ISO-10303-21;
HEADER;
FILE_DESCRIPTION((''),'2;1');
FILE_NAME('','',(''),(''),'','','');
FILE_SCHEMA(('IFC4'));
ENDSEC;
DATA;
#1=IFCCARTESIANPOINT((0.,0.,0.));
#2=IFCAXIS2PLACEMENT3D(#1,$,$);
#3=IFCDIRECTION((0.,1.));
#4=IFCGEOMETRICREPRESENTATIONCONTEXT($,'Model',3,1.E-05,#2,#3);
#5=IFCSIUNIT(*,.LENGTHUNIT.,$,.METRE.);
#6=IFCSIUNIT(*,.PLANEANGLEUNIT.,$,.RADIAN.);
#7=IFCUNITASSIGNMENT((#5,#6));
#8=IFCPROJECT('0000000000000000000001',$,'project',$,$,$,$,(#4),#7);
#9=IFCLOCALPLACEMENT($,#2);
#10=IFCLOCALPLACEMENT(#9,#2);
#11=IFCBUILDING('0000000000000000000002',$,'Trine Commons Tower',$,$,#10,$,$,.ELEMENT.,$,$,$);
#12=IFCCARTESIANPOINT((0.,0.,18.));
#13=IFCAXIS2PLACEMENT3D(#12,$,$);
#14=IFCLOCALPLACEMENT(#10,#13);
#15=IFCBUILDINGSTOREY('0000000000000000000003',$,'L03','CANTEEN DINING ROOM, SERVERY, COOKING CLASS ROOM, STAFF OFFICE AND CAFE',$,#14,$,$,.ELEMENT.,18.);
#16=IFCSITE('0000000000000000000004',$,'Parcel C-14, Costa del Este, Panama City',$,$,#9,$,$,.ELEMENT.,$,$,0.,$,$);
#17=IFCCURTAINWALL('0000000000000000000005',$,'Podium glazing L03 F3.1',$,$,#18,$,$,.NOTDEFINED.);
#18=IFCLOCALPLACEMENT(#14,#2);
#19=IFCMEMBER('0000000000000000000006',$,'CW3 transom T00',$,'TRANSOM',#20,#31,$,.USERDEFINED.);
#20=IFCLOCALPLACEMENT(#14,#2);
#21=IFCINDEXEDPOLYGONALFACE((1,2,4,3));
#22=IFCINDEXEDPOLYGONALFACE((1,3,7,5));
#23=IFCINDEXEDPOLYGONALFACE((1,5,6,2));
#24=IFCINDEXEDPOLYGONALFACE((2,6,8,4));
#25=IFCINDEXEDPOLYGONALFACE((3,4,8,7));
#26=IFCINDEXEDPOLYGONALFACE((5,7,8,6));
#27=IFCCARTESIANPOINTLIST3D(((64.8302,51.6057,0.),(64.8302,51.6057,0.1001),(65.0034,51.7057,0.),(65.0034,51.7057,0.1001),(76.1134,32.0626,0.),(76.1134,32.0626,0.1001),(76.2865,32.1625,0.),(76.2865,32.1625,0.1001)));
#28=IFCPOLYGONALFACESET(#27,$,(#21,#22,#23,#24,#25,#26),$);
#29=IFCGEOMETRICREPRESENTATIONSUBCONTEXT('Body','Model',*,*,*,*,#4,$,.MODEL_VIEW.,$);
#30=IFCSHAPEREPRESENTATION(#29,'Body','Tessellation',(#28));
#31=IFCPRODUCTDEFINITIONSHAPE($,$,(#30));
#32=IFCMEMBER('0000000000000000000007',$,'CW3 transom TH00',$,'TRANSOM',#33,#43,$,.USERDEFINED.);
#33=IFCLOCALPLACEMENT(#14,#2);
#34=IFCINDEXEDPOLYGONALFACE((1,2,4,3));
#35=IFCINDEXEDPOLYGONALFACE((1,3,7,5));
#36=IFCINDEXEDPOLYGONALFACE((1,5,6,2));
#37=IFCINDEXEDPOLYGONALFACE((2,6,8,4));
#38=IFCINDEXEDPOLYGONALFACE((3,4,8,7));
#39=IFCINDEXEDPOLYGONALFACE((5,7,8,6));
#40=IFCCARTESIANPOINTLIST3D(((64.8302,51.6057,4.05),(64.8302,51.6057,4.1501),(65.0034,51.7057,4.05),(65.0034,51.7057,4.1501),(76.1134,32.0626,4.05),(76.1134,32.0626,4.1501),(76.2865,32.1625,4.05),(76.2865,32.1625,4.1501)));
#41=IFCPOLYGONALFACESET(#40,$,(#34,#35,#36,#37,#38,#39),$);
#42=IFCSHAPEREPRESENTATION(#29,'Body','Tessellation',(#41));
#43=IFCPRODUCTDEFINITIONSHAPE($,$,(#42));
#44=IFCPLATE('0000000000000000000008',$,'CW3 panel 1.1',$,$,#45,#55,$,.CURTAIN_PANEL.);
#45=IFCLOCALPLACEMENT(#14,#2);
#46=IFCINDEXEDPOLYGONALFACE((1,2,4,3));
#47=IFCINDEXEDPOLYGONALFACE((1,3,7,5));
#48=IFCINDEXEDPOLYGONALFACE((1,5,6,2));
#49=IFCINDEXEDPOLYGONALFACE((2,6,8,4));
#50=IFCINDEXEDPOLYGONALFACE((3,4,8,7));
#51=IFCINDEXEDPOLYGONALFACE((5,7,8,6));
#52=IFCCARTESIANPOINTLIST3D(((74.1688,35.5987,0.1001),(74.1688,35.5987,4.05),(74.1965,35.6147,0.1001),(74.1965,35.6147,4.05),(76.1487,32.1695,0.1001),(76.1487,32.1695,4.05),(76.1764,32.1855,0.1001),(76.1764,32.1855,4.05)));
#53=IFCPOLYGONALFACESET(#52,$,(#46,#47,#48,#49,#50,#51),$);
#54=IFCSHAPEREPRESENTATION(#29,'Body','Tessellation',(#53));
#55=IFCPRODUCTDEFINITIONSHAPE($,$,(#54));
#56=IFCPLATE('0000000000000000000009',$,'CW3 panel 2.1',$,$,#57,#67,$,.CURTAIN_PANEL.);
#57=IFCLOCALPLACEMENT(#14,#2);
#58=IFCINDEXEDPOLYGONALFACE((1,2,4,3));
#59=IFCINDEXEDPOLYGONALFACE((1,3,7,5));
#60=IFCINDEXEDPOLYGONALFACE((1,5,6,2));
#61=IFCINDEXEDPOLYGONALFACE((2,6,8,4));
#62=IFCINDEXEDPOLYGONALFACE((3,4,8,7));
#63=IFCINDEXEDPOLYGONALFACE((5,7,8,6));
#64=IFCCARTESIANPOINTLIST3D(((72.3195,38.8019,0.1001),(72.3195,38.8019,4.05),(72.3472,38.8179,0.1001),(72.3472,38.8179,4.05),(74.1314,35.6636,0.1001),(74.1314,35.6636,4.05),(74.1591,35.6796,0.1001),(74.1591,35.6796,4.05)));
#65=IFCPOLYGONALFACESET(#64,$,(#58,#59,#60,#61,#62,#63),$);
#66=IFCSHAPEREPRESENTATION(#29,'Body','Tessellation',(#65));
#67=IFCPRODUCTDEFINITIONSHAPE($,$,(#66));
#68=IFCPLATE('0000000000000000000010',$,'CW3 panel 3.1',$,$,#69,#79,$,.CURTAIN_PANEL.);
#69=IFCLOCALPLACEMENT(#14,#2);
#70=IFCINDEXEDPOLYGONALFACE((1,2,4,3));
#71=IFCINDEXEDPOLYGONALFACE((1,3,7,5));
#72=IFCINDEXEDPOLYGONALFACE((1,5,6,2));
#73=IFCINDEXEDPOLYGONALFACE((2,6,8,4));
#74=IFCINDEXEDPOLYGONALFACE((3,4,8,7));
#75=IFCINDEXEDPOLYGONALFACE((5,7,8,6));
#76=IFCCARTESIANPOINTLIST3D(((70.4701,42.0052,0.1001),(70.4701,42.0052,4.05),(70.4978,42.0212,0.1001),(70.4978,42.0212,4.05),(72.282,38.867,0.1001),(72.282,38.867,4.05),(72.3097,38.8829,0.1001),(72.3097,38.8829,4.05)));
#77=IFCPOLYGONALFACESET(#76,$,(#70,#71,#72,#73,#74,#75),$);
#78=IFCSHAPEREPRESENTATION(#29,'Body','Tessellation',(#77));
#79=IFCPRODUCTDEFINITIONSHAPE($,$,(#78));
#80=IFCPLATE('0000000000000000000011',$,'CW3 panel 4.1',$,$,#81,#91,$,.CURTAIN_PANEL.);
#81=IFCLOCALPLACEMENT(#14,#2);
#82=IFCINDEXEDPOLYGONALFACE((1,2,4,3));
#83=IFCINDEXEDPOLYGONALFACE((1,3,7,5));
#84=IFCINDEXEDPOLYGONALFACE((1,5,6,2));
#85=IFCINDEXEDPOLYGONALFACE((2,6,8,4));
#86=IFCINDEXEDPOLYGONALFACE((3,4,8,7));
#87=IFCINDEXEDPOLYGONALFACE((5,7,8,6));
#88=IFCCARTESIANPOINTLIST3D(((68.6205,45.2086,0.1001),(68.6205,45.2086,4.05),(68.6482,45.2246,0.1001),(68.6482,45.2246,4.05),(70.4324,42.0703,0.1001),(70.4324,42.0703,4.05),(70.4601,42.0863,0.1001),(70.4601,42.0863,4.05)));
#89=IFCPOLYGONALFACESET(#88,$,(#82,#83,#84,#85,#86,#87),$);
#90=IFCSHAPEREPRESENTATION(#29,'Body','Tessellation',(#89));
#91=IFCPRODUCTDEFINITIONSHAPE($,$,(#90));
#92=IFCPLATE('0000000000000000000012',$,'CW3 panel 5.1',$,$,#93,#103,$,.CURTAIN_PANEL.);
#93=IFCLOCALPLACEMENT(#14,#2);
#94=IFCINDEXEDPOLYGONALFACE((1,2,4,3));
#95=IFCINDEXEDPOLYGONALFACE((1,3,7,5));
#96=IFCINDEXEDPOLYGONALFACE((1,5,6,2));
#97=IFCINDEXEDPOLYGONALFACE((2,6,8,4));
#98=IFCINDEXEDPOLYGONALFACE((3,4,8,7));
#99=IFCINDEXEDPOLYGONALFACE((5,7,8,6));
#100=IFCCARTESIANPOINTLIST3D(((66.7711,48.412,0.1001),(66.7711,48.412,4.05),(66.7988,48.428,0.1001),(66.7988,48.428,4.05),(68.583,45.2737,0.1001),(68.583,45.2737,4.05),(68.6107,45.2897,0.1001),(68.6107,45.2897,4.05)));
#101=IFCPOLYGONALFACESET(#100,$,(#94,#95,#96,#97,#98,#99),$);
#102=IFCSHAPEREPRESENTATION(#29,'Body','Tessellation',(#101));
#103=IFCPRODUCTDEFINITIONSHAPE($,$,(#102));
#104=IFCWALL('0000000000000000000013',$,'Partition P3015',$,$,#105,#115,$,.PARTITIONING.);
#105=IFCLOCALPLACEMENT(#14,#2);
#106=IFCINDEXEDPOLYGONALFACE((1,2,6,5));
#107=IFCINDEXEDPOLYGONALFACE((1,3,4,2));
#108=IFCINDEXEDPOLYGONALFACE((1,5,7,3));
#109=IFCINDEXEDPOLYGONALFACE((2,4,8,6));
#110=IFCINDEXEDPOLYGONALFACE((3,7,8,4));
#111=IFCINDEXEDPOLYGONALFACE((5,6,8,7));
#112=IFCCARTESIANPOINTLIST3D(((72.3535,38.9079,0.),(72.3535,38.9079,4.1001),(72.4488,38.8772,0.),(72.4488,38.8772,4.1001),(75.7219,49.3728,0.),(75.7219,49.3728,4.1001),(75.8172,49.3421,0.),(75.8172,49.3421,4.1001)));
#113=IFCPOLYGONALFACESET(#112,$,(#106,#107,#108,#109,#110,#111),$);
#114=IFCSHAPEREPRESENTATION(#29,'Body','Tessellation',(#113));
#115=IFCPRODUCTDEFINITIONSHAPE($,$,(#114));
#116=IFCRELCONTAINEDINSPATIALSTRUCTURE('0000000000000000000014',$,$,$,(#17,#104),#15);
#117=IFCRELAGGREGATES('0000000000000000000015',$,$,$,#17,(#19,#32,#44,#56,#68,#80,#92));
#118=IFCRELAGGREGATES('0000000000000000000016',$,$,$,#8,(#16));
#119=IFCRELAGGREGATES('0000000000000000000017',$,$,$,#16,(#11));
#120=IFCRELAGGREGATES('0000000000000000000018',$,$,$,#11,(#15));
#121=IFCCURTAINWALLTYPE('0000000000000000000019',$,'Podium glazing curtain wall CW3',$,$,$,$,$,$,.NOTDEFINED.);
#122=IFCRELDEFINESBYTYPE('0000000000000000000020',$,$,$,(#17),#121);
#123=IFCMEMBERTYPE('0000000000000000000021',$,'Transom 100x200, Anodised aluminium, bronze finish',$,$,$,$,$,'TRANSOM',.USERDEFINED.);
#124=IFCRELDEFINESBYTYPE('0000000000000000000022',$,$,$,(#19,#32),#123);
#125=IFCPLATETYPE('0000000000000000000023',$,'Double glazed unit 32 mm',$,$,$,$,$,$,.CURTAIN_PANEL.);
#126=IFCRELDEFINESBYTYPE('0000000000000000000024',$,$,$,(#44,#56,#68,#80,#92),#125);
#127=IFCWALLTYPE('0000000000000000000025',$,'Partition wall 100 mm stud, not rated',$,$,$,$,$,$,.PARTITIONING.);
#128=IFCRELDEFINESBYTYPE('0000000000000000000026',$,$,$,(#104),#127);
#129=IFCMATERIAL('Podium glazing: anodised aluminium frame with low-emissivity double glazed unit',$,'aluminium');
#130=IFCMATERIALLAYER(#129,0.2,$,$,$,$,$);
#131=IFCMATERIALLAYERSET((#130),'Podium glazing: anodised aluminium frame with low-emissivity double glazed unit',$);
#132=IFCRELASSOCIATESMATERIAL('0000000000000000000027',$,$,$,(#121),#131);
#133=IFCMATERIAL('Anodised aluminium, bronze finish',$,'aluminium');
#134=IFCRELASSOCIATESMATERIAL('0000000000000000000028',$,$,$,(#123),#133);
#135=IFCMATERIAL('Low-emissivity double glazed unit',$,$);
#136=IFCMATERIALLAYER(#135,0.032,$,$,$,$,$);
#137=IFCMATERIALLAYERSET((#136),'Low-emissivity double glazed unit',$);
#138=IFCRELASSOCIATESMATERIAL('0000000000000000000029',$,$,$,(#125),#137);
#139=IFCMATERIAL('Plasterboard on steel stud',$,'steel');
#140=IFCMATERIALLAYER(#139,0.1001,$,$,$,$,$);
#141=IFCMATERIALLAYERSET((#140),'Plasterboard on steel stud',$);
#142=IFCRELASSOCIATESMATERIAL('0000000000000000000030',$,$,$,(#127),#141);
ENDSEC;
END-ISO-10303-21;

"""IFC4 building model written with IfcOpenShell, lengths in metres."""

from ifc_helpers import new_model, si_unit, direction, frame, frame_2d, origin, origin_2d, place, context, subcontext, project, spatial, rectangle, extrude, material, layer, layer_set, material_profile, profile_set, type_object, element, aggregate, save


model = new_model("IFC4")

# Units and contexts
model_context = context("Model", 3, precision=1e-05, world=origin(), true_north=direction((0.0, 1.0)))
body_context = subcontext(model_context, "Body", "Model", "MODEL_VIEW")
ifc_project = project(units=[si_unit("LENGTHUNIT", "METRE"), si_unit("PLANEANGLEUNIT", "RADIAN")], contexts=[model_context])

# Site, building, storey
site_placement = place(None, origin())
site = spatial("IfcSite", under=ifc_project, at=site_placement, Name="Parcel C-14, Costa del Este, Panama City", CompositionType="ELEMENT", RefElevation=0.0)
building_placement = place(site_placement, origin())
building = spatial("IfcBuilding", under=site, at=building_placement, Name="Trine Commons Tower", CompositionType="ELEMENT")
storey_placement = place(building_placement, frame((0.0, 0.0, 18.0)))
storey = spatial("IfcBuildingStorey", under=building, at=storey_placement, Name="L03", Description="CANTEEN DINING ROOM, SERVERY, COOKING CLASS ROOM, STAFF OFFICE AND CAFE", CompositionType="ELEMENT", Elevation=18.0)

# Shared definitions
ifc_material_1 = material(Name="Anodised aluminium, bronze finish", Category="aluminium")

# Curtain wall
ifc_material_2 = material(Name="Podium glazing: anodised aluminium frame with low-emissivity double glazed unit", Category="aluminium")
ifc_layer_1 = layer(ifc_material_2, 0.2)
ifc_layer_set_1 = layer_set([ifc_layer_1], Name="Podium glazing: anodised aluminium frame with low-emissivity double glazed unit")
curtain_wall_type_1 = type_object("IfcCurtainWallType", Name="Podium glazing curtain wall CW3", PredefinedType="NOTDEFINED", material=ifc_layer_set_1)
curtain_wall_1_placement = place(storey_placement, origin())
curtain_wall_1 = element("IfcCurtainWall", 1, at=curtain_wall_1_placement, inside=storey, type_object=curtain_wall_type_1, Name="Podium glazing L03 F3.1", PredefinedType="NOTDEFINED")

# Members
ifc_material_profile_1 = material_profile(ifc_material_1, rectangle(XDim=0.2, YDim=0.1001, at=origin_2d()), Name="Transom 100x200")
ifc_profile_set_1 = profile_set([ifc_material_profile_1], Name="Anodised aluminium, bronze finish")
member_type_1 = type_object("IfcMemberType", Name="Transom 100x200, Anodised aluminium, bronze finish", ElementType="TRANSOM", PredefinedType="USERDEFINED", material=ifc_profile_set_1)
member_1_placement = place(storey_placement, frame((76.2, 32.1125, 0.05), z_axis=(-0.499997, 0.866027, 0.0), x_axis=(-0.866027, -0.499997, 0.0)))
member_1 = element("IfcMember", 2, at=member_1_placement, type_object=member_type_1, Name="CW3 transom T00", ObjectType="TRANSOM", PredefinedType="USERDEFINED", context=body_context, shape_type="SweptSolid", body=[
    extrude(rectangle(XDim=0.2, YDim=0.1001, at=origin_2d()), origin(), (0.0, 0.0, 1.0), 22.5664),
])
member_2_placement = place(storey_placement, frame((76.2, 32.1125, 4.1001), z_axis=(-0.499997, 0.866027, 0.0), x_axis=(-0.866027, -0.499997, 0.0)))
member_2 = element("IfcMember", 3, at=member_2_placement, type_object=member_type_1, Name="CW3 transom TH00", ObjectType="TRANSOM", PredefinedType="USERDEFINED", context=body_context, shape_type="SweptSolid", body=[
    extrude(rectangle(XDim=0.2, YDim=0.1001, at=origin_2d()), origin(), (0.0, 0.0, 1.0), 22.5664),
])

# Plates
ifc_material_3 = material(Name="Low-emissivity double glazed unit")
ifc_layer_2 = layer(ifc_material_3, 0.032)
ifc_layer_set_2 = layer_set([ifc_layer_2], Name="Low-emissivity double glazed unit")
plate_type = type_object("IfcPlateType", Name="Double glazed unit 32 mm", PredefinedType="CURTAIN_PANEL", material=ifc_layer_set_2)
plate_1_placement = place(storey_placement, frame((75.1726, 33.8921, 0.1001), z_axis=(0.0, 0.0, 1.0), x_axis=(-0.5, 0.866025, 0.0)))
plate_1 = element("IfcPlate", 4, at=plate_1_placement, type_object=plate_type, Name="CW3 panel 1.1", PredefinedType="CURTAIN_PANEL", context=body_context, shape_type="SweptSolid", body=[
    extrude(rectangle(XDim=3.9597, YDim=0.032, at=origin_2d()), origin(), (0.0, 0.0, 1.0), 3.95),
])
plate_2_placement = place(storey_placement, frame((73.2393, 37.2407, 0.1001), z_axis=(0.0, 0.0, 1.0), x_axis=(-0.5, 0.866025, 0.0)))
plate_2 = element("IfcPlate", 5, at=plate_2_placement, type_object=plate_type, Name="CW3 panel 2.1", PredefinedType="CURTAIN_PANEL", context=body_context, shape_type="SweptSolid", body=[
    extrude(rectangle(XDim=3.6238, YDim=0.032, at=origin_2d()), origin(), (0.0, 0.0, 1.0), 3.95),
])
plate_3_placement = place(storey_placement, frame((71.3899, 40.4441, 0.1001), z_axis=(0.0, 0.0, 1.0), x_axis=(-0.5, 0.866025, 0.0)))
plate_3 = element("IfcPlate", 6, at=plate_3_placement, type_object=plate_type, Name="CW3 panel 3.1", PredefinedType="CURTAIN_PANEL", context=body_context, shape_type="SweptSolid", body=[
    extrude(rectangle(XDim=3.6238, YDim=0.032, at=origin_2d()), origin(), (0.0, 0.0, 1.0), 3.95),
])
plate_4_placement = place(storey_placement, frame((69.5403, 43.6475, 0.1001), z_axis=(0.0, 0.0, 1.0), x_axis=(-0.5, 0.866025, 0.0)))
plate_4 = element("IfcPlate", 7, at=plate_4_placement, type_object=plate_type, Name="CW3 panel 4.1", PredefinedType="CURTAIN_PANEL", context=body_context, shape_type="SweptSolid", body=[
    extrude(rectangle(XDim=3.6238, YDim=0.032, at=origin_2d()), origin(), (0.0, 0.0, 1.0), 3.95),
])
plate_5_placement = place(storey_placement, frame((67.6909, 46.8508, 0.1001), z_axis=(0.0, 0.0, 1.0), x_axis=(-0.5, 0.866025, 0.0)))
plate_5 = element("IfcPlate", 8, at=plate_5_placement, type_object=plate_type, Name="CW3 panel 5.1", PredefinedType="CURTAIN_PANEL", context=body_context, shape_type="SweptSolid", body=[
    extrude(rectangle(XDim=3.6238, YDim=0.032, at=origin_2d()), origin(), (0.0, 0.0, 1.0), 3.95),
])
aggregate(curtain_wall_1, [member_1, member_2, plate_1, plate_2, plate_3, plate_4, plate_5])

# Wall
ifc_material_4 = material(Name="Plasterboard on steel stud", Category="steel")
ifc_layer_3 = layer(ifc_material_4, 0.1001)
ifc_layer_set_3 = layer_set([ifc_layer_3], Name="Plasterboard on steel stud")
wall_type_1 = type_object("IfcWallType", Name="Partition wall 100 mm stud, not rated", PredefinedType="PARTITIONING", material=ifc_layer_set_3)
wall_1_placement = place(storey_placement, frame((72.4011, 38.8926, 0.0), z_axis=(0.0, 0.0, 1.0), x_axis=(0.306397, 0.951904, 0.0)))
element("IfcWall", 9, at=wall_1_placement, inside=storey, type_object=wall_type_1, Name="Partition P3015", PredefinedType="PARTITIONING", context=body_context, shape_type="SweptSolid", body=[
    extrude(rectangle(XDim=10.9937, YDim=0.1001, at=frame_2d((5.4968, 0.0))), origin(), (0.0, 0.0, 1.0), 4.1001),
])

save(model, "model.ifc")
